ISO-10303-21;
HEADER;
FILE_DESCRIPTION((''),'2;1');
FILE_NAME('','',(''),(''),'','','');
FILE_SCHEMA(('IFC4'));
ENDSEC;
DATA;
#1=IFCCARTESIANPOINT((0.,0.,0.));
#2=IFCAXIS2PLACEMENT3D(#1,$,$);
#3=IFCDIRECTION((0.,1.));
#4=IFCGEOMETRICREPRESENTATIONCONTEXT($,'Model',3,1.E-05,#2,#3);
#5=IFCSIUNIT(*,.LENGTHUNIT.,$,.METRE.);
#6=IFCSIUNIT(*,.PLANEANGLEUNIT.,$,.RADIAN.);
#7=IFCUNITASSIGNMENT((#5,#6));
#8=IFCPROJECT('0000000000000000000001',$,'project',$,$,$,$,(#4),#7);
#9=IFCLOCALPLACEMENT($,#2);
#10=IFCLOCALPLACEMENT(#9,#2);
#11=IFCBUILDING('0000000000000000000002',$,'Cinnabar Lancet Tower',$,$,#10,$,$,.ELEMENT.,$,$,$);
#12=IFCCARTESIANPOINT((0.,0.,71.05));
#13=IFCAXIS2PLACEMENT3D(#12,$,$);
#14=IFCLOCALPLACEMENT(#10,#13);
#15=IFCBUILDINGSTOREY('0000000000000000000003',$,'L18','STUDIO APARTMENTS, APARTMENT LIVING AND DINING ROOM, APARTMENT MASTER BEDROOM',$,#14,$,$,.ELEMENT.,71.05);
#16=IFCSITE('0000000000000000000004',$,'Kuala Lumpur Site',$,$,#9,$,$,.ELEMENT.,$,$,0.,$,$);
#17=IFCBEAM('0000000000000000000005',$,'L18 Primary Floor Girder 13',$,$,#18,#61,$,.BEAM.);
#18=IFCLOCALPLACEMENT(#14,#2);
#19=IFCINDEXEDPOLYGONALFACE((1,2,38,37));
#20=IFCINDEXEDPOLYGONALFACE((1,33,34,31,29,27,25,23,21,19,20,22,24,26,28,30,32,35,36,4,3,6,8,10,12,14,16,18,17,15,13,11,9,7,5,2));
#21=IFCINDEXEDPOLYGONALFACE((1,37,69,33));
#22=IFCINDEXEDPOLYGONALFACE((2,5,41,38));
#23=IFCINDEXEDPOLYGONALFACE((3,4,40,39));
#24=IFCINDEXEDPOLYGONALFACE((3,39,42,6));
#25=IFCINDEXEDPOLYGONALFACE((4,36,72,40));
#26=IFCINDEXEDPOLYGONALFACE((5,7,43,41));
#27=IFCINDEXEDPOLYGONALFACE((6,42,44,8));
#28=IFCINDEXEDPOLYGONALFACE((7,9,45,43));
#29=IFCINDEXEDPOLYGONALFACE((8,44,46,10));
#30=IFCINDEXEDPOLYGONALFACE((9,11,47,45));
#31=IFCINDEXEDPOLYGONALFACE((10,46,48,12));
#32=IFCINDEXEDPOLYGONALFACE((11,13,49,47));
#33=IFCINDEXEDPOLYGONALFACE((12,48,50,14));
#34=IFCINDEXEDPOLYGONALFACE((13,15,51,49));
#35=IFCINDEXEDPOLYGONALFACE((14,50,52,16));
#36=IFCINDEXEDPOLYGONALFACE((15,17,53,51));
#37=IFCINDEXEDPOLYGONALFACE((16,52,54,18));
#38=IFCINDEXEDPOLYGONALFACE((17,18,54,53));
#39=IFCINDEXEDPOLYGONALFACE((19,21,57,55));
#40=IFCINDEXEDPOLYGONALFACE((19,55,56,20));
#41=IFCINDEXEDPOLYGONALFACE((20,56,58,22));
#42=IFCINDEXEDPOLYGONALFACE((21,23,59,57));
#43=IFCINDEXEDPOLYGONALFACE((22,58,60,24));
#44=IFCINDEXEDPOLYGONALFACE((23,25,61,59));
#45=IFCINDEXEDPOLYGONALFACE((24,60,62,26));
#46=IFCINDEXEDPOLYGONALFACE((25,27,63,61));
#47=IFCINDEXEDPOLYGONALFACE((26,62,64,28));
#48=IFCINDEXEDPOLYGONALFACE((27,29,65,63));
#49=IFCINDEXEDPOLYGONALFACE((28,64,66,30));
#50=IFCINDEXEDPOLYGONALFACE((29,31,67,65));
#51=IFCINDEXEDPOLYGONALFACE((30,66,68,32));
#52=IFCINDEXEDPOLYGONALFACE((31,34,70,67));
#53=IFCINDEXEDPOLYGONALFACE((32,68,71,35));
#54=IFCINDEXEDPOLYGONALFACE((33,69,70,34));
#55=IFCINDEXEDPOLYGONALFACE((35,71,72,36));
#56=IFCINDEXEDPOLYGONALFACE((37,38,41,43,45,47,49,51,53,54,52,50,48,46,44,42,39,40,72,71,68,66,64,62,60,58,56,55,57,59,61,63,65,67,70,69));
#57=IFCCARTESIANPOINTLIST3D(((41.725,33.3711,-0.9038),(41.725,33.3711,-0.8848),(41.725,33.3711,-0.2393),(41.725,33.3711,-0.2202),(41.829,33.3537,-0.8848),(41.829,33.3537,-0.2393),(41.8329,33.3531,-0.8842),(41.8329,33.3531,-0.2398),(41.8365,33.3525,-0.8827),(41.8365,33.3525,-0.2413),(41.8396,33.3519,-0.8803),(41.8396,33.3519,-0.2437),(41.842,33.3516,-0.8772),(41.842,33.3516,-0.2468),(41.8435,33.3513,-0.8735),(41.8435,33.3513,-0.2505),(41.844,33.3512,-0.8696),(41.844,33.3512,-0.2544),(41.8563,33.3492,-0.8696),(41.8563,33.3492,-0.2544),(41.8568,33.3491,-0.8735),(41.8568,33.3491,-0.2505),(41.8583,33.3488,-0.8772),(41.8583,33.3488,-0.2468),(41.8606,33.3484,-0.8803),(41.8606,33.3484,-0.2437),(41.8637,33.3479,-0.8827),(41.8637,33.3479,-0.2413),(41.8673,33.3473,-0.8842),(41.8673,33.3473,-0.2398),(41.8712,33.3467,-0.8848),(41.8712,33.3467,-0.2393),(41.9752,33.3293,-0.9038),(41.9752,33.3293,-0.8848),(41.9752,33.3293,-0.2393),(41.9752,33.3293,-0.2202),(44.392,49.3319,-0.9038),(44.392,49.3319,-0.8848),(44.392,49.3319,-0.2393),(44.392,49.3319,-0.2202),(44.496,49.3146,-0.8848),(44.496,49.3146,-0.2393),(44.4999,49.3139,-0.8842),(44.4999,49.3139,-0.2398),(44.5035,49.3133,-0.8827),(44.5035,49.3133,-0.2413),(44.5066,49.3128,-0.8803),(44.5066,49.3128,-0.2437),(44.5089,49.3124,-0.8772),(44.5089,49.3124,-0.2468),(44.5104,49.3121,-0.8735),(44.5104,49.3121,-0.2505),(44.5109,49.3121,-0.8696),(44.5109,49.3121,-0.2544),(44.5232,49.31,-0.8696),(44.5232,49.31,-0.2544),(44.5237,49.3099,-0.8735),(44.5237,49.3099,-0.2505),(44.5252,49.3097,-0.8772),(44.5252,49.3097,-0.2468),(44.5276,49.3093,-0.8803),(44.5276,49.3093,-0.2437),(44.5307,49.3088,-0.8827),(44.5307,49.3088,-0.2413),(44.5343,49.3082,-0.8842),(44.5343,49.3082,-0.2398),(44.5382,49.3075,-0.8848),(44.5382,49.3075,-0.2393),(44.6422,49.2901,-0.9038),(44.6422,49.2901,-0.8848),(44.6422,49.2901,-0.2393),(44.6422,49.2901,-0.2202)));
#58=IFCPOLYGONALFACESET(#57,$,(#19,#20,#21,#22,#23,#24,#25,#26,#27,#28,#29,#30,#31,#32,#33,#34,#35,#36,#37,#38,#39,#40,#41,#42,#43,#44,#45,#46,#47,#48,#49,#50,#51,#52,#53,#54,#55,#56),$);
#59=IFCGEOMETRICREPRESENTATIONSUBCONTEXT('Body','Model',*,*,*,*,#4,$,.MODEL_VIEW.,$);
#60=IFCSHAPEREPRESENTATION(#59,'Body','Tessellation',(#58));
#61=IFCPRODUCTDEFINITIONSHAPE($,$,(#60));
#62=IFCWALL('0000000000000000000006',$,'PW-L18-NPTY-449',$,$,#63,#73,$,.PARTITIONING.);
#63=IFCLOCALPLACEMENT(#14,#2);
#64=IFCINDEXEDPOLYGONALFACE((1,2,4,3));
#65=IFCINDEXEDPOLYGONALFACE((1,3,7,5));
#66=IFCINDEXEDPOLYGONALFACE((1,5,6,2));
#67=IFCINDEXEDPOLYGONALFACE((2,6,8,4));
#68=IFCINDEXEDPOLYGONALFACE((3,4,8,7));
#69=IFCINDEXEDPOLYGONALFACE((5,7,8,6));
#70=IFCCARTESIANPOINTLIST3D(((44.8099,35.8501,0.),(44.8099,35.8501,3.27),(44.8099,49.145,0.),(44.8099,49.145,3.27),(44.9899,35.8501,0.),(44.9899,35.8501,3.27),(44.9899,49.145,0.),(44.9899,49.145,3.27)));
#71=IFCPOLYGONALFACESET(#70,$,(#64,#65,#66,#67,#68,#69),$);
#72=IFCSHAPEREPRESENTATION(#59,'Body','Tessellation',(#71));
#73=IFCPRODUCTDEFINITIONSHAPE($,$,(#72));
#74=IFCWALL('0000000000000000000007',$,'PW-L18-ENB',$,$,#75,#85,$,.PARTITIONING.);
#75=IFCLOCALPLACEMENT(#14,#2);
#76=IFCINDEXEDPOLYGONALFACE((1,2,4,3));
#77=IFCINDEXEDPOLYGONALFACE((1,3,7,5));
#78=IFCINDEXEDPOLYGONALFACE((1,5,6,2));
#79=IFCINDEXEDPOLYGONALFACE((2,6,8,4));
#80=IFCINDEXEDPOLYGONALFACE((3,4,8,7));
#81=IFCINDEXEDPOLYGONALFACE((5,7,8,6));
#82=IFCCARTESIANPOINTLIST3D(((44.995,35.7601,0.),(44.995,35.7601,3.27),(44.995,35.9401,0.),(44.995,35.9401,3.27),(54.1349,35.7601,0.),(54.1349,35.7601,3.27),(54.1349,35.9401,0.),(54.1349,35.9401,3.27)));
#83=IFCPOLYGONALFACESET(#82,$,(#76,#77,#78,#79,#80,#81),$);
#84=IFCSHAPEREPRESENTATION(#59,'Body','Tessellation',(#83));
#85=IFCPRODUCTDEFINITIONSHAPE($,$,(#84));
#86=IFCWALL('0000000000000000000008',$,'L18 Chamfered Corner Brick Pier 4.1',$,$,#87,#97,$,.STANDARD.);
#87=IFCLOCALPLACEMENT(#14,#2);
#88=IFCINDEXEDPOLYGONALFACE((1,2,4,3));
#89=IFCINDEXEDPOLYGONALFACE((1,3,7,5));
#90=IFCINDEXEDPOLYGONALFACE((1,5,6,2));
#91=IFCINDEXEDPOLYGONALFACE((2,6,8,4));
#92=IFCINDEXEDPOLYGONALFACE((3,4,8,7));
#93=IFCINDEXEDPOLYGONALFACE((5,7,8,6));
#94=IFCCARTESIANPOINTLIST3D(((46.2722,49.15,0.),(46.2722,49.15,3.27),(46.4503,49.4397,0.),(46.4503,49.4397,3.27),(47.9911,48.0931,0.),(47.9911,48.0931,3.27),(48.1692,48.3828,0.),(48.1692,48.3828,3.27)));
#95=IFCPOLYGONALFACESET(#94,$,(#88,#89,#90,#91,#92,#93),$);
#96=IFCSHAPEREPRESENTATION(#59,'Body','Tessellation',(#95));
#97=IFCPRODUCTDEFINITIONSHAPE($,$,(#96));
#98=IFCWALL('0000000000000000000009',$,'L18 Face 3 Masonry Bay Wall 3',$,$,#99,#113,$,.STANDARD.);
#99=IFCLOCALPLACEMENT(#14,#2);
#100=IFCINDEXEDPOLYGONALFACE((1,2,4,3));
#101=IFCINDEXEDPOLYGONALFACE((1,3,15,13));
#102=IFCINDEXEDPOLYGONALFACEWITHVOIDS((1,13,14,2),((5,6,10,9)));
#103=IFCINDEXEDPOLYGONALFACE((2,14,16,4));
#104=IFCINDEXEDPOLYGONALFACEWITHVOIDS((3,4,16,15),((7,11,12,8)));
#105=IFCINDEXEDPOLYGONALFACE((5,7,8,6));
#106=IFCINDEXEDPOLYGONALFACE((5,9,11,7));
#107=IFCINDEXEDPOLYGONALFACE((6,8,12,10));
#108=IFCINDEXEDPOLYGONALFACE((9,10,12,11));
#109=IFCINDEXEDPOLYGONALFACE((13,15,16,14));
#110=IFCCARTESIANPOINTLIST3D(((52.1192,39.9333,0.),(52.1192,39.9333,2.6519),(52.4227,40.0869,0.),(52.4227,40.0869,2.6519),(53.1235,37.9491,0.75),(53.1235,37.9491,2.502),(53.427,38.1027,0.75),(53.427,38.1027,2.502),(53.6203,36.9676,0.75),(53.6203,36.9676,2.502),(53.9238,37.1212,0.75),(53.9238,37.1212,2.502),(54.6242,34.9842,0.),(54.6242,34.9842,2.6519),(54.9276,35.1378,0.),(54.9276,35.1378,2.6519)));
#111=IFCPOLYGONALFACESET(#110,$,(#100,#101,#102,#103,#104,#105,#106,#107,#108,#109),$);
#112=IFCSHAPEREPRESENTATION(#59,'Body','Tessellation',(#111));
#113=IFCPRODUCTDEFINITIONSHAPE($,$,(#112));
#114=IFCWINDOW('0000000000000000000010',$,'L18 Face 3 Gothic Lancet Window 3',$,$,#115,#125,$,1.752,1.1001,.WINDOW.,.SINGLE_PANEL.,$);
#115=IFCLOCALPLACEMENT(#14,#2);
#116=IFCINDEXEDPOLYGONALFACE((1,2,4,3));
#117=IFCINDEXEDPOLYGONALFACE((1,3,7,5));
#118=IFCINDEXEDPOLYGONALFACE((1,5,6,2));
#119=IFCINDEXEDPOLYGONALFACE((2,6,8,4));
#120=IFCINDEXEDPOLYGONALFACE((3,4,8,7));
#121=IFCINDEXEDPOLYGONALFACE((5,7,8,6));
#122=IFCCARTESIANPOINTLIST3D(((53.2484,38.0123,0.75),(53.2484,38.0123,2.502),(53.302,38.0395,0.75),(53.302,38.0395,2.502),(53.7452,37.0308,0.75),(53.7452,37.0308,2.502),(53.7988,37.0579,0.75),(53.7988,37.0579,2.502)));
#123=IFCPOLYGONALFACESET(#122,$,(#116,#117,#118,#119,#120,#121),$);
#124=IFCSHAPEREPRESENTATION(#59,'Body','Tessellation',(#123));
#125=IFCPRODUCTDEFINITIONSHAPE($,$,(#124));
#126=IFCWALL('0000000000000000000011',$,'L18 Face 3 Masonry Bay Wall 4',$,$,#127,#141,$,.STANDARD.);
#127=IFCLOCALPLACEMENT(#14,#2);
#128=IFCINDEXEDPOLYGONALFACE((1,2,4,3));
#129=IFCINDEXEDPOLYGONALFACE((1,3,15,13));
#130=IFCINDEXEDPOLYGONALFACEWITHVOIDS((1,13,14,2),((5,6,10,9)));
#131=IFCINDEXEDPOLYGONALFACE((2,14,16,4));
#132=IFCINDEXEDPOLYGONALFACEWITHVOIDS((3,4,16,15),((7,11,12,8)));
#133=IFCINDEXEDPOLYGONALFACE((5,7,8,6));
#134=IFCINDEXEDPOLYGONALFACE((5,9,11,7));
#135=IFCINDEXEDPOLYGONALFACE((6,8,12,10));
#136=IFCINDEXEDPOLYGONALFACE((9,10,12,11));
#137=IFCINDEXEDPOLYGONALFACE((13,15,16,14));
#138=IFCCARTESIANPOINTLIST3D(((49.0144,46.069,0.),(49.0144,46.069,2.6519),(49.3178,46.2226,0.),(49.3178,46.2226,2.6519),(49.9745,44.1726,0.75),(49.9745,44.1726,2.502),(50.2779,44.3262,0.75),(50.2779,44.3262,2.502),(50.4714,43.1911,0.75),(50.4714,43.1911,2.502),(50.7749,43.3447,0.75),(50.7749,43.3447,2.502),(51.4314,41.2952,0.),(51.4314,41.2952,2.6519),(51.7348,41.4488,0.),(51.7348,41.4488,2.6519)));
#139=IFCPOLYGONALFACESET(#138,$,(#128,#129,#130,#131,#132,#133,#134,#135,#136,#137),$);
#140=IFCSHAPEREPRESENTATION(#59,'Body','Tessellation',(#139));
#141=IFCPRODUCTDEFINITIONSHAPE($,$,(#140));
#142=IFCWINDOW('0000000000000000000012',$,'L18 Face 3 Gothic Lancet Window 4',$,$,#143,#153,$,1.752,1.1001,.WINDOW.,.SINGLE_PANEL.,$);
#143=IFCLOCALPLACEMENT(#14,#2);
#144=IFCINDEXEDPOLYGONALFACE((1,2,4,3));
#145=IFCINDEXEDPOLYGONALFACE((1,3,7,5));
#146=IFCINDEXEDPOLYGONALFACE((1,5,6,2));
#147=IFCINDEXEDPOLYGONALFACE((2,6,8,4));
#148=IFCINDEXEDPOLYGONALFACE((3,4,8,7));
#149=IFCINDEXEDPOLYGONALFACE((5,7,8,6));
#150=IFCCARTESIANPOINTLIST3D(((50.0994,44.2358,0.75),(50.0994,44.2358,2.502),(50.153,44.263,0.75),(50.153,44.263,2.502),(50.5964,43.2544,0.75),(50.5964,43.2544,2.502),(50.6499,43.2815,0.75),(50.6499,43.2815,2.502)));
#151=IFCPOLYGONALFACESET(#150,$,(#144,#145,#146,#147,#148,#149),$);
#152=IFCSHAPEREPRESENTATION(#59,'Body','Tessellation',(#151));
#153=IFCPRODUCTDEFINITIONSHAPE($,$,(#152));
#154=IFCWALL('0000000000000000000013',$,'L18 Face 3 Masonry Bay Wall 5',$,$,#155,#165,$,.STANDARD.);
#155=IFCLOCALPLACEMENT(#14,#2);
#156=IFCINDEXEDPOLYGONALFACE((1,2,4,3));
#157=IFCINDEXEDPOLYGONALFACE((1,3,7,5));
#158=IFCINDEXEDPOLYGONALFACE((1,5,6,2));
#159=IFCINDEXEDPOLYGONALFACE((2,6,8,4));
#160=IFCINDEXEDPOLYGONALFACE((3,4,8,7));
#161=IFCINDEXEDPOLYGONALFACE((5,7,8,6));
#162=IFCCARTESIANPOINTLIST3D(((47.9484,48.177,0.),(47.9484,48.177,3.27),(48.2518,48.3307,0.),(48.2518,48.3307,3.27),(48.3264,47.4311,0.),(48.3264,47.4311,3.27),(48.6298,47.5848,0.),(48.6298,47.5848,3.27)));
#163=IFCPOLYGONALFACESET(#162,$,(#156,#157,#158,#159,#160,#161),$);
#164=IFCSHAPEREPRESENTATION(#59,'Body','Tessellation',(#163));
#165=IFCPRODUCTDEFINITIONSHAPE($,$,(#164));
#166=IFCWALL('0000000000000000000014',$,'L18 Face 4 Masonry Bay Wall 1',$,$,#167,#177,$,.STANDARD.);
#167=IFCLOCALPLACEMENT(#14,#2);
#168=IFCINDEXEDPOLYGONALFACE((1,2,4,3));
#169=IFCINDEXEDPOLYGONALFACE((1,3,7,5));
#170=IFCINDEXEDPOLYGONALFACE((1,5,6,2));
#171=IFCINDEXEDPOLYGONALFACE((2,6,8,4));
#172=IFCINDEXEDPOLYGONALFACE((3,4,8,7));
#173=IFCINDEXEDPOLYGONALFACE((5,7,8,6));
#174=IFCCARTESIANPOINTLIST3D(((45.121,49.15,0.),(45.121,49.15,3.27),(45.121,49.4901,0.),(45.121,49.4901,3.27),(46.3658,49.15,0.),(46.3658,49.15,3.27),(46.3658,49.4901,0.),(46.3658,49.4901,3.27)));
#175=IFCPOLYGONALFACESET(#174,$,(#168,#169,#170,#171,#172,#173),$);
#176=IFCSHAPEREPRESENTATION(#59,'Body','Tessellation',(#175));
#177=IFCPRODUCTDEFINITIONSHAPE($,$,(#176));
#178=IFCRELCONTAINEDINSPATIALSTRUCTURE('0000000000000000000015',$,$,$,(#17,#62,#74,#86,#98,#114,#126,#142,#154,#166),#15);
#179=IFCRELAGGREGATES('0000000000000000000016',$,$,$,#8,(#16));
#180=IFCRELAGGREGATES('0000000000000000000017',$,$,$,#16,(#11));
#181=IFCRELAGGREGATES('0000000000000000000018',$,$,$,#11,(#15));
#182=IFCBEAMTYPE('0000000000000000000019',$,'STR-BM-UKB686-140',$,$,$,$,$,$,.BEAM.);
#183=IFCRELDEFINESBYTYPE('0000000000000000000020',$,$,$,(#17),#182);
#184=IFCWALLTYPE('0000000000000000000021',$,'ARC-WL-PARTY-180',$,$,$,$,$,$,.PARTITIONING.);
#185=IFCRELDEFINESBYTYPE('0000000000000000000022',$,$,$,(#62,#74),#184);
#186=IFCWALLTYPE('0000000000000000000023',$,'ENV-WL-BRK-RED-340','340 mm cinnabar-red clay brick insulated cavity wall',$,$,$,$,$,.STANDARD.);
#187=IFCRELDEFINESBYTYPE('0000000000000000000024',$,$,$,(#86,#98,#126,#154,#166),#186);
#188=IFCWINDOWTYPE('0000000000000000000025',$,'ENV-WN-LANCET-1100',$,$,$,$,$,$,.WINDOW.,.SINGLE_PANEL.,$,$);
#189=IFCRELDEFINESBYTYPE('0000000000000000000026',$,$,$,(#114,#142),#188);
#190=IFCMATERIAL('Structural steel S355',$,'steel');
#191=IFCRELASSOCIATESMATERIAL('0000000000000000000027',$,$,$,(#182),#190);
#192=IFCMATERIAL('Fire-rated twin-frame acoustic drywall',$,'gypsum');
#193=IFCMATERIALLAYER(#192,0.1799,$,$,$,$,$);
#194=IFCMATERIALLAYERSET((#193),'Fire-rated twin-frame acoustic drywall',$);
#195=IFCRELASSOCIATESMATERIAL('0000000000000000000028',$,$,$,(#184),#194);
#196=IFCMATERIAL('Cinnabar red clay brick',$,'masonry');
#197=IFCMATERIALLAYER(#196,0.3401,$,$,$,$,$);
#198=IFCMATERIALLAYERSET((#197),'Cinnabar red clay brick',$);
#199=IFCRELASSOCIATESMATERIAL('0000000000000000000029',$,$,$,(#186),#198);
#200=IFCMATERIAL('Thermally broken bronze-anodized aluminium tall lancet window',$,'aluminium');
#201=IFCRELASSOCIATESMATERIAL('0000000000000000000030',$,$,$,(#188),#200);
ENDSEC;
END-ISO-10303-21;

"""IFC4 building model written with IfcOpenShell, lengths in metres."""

from ifc_helpers import new_model, si_unit, direction, frame, frame_2d, origin, origin_2d, place, context, subcontext, project, spatial, rectangle, i_section, extrude, material, layer, layer_set, material_profile, profile_set, type_object, element, fill, save


model = new_model("IFC4")

# Units and contexts
model_context = context("Model", 3, precision=1e-05, world=origin(), true_north=direction((0.0, 1.0)))
body_context = subcontext(model_context, "Body", "Model", "MODEL_VIEW")
ifc_project = project(units=[si_unit("LENGTHUNIT", "METRE"), si_unit("PLANEANGLEUNIT", "RADIAN")], contexts=[model_context])

# Site, building, storey
site_placement = place(None, origin())
site = spatial("IfcSite", under=ifc_project, at=site_placement, Name="Kuala Lumpur Site", CompositionType="ELEMENT", RefElevation=0.0)
building_placement = place(site_placement, origin())
building = spatial("IfcBuilding", under=site, at=building_placement, Name="Cinnabar Lancet Tower", CompositionType="ELEMENT")
storey_placement = place(building_placement, frame((0.0, 0.0, 71.05)))
storey = spatial("IfcBuildingStorey", under=building, at=storey_placement, Name="L18", Description="STUDIO APARTMENTS, APARTMENT LIVING AND DINING ROOM, APARTMENT MASTER BEDROOM", CompositionType="ELEMENT", Elevation=71.05)

# Beam
ifc_material_1 = material(Name="Structural steel S355", Category="steel")
ifc_material_profile_1 = material_profile(ifc_material_1, i_section(OverallWidth=0.2537, OverallDepth=0.6836, WebThickness=0.0125, FlangeThickness=0.019, FilletRadius=0.0151, at=origin_2d()), Name="UKB 686x254x140")
ifc_profile_set_1 = profile_set([ifc_material_profile_1], Name="Structural steel S355")
beam_type_1 = type_object("IfcBeamType", Name="STR-BM-UKB686-140", PredefinedType="BEAM", material=ifc_profile_set_1)
beam_1_placement = place(storey_placement, frame((44.5171, 49.311, -0.562), z_axis=(-0.16481, -0.986325, 0.0), x_axis=(0.986325, -0.16481, 0.0)))
element("IfcBeam", 1, at=beam_1_placement, inside=storey, type_object=beam_type_1, Name="L18 Primary Floor Girder 13", PredefinedType="BEAM", context=body_context, shape_type="SweptSolid", body=[
    extrude(i_section(OverallWidth=0.2537, OverallDepth=0.6836, WebThickness=0.0125, FlangeThickness=0.019, FilletRadius=0.0151, at=origin_2d()), origin(), (0.0, 0.0, 1.0), 16.1821),
])

# Walls
ifc_material_2 = material(Name="Fire-rated twin-frame acoustic drywall", Category="gypsum")
ifc_layer_1 = layer(ifc_material_2, 0.1799)
ifc_layer_set_1 = layer_set([ifc_layer_1], Name="Fire-rated twin-frame acoustic drywall")
wall_type_1 = type_object("IfcWallType", Name="ARC-WL-PARTY-180", PredefinedType="PARTITIONING", material=ifc_layer_set_1)
wall_1_placement = place(storey_placement, frame((44.8999, 35.8501, 0.0), z_axis=(0.0, 0.0, 1.0), x_axis=(0.0, 1.0, 0.0)))
element("IfcWall", 2, at=wall_1_placement, inside=storey, type_object=wall_type_1, Name="PW-L18-NPTY-449", PredefinedType="PARTITIONING", context=body_context, shape_type="SweptSolid", body=[
    extrude(rectangle(XDim=13.2949, YDim=0.1799, at=frame_2d((6.6475, 0.0))), origin(), (0.0, 0.0, 1.0), 3.27),
])
wall_2_placement = place(storey_placement, frame((44.9951, 35.8501, 0.0), z_axis=(0.0, 0.0, 1.0), x_axis=(1.0, 0.0, 0.0)))
element("IfcWall", 3, at=wall_2_placement, inside=storey, type_object=wall_type_1, Name="PW-L18-ENB", PredefinedType="PARTITIONING", context=body_context, shape_type="SweptSolid", body=[
    extrude(rectangle(XDim=9.1399, YDim=0.1799, at=frame_2d((4.5698, 0.0))), origin(), (0.0, 0.0, 1.0), 3.27),
])
ifc_material_3 = material(Name="Cinnabar red clay brick", Category="masonry")
ifc_layer_2 = layer(ifc_material_3, 0.3401)
ifc_layer_set_2 = layer_set([ifc_layer_2], Name="Cinnabar red clay brick")
wall_type_2 = type_object("IfcWallType", Name="ENV-WL-BRK-RED-340", Description="340 mm cinnabar-red clay brick insulated cavity wall", PredefinedType="STANDARD", material=ifc_layer_set_2)
wall_3_placement = place(storey_placement, frame((48.0801, 48.238, 0.0), z_axis=(0.0, 0.0, 1.0), x_axis=(-0.85187, 0.523753, 0.0)))
element("IfcWall", 4, at=wall_3_placement, inside=storey, type_object=wall_type_2, Name="L18 Chamfered Corner Brick Pier 4.1", PredefinedType="STANDARD", context=body_context, shape_type="SweptSolid", body=[
    extrude(rectangle(XDim=2.0178, YDim=0.3401, at=frame_2d((1.0088, 0.0))), origin(), (0.0, 0.0, 1.0), 3.27),
])

# Walls, openings, windows
wall_4_placement = place(storey_placement, frame((54.7759, 35.061, 0.0), z_axis=(0.0, 0.0, 1.0), x_axis=(-0.451592, 0.892225, 0.0)))
wall_4 = element("IfcWall", 5, at=wall_4_placement, inside=storey, type_object=wall_type_2, Name="L18 Face 3 Masonry Bay Wall 3", PredefinedType="STANDARD", context=body_context, shape_type="SweptSolid", body=[
    extrude(rectangle(XDim=5.5469, YDim=0.3401, at=frame_2d((2.7734, 0.0))), origin(), (0.0, 0.0, 1.0), 2.6519),
])
opening_1_placement = place(wall_4_placement, frame((2.2229, 0.0, 0.75)))
opening_1 = element("IfcOpeningElement", 6, at=opening_1_placement, cuts=wall_4, PredefinedType="OPENING", context=body_context, shape_type="SweptSolid", body=[
    extrude(rectangle(XDim=1.1001, YDim=1.752, at=frame_2d((0.55, 0.876))), frame((0.0, 0.1799, 0.0), z_axis=(0.0, -1.0, 0.0), x_axis=(1.0, 0.0, 0.0)), (0.0, 0.0, 1.0), 0.3601),
])
ifc_material_4 = material(Name="Thermally broken bronze-anodized aluminium tall lancet window", Category="aluminium")
window_type = type_object("IfcWindowType", Name="ENV-WN-LANCET-1100", PartitioningType="SINGLE_PANEL", PredefinedType="WINDOW", material=ifc_material_4)
window_1_placement = place(opening_1_placement, origin())
window_1 = element("IfcWindow", 7, at=window_1_placement, inside=storey, type_object=window_type, Name="L18 Face 3 Gothic Lancet Window 3", OverallHeight=1.752, OverallWidth=1.1001, PartitioningType="SINGLE_PANEL", PredefinedType="WINDOW", context=body_context, shape_type="SweptSolid", body=[
    extrude(rectangle(XDim=1.1001, YDim=1.752, at=frame_2d((0.55, 0.876))), frame((0.0, 0.03, 0.0), z_axis=(0.0, -1.0, 0.0), x_axis=(1.0, 0.0, 0.0)), (0.0, 0.0, 1.0), 0.0601),
])
fill(opening_1, window_1)
wall_5_placement = place(storey_placement, frame((51.583, 41.3721, 0.0), z_axis=(0.0, 0.0, 1.0), x_axis=(-0.451698, 0.892171, 0.0)))
wall_5 = element("IfcWall", 8, at=wall_5_placement, inside=storey, type_object=wall_type_2, Name="L18 Face 3 Masonry Bay Wall 4", PredefinedType="STANDARD", context=body_context, shape_type="SweptSolid", body=[
    extrude(rectangle(XDim=5.3508, YDim=0.3401, at=frame_2d((2.6753, 0.0))), origin(), (0.0, 0.0, 1.0), 2.6519),
])
opening_2_placement = place(wall_5_placement, frame((2.125, 0.0, 0.75)))
opening_2 = element("IfcOpeningElement", 9, at=opening_2_placement, cuts=wall_5, PredefinedType="OPENING", context=body_context, shape_type="SweptSolid", body=[
    extrude(rectangle(XDim=1.1001, YDim=1.752, at=frame_2d((0.55, 0.876))), frame((0.0, 0.1799, 0.0), z_axis=(0.0, -1.0, 0.0), x_axis=(1.0, 0.0, 0.0)), (0.0, 0.0, 1.0), 0.3601),
])
window_2_placement = place(opening_2_placement, origin())
window_2 = element("IfcWindow", 10, at=window_2_placement, inside=storey, type_object=window_type, Name="L18 Face 3 Gothic Lancet Window 4", OverallHeight=1.752, OverallWidth=1.1001, PartitioningType="SINGLE_PANEL", PredefinedType="WINDOW", context=body_context, shape_type="SweptSolid", body=[
    extrude(rectangle(XDim=1.1001, YDim=1.752, at=frame_2d((0.55, 0.876))), frame((0.0, 0.03, 0.0), z_axis=(0.0, -1.0, 0.0), x_axis=(1.0, 0.0, 0.0)), (0.0, 0.0, 1.0), 0.0601),
])
fill(opening_2, window_2)

# Walls
wall_6_placement = place(storey_placement, frame((48.478, 47.5081, 0.0), z_axis=(0.0, 0.0, 1.0), x_axis=(-0.451996, 0.89202, 0.0)))
element("IfcWall", 11, at=wall_6_placement, inside=storey, type_object=wall_type_2, Name="L18 Face 3 Masonry Bay Wall 5", PredefinedType="STANDARD", context=body_context, shape_type="SweptSolid", body=[
    extrude(rectangle(XDim=0.8362, YDim=0.3401, at=frame_2d((0.418, 0.0))), origin(), (0.0, 0.0, 1.0), 3.27),
])
wall_7_placement = place(storey_placement, frame((46.366, 49.3201, 0.0), z_axis=(0.0, 0.0, 1.0), x_axis=(-1.0, 0.0, 0.0)))
element("IfcWall", 12, at=wall_7_placement, inside=storey, type_object=wall_type_2, Name="L18 Face 4 Masonry Bay Wall 1", PredefinedType="STANDARD", context=body_context, shape_type="SweptSolid", body=[
    extrude(rectangle(XDim=1.2449, YDim=0.3401, at=frame_2d((0.6226, 0.0))), origin(), (0.0, 0.0, 1.0), 3.27),
])

save(model, "model.ifc")
